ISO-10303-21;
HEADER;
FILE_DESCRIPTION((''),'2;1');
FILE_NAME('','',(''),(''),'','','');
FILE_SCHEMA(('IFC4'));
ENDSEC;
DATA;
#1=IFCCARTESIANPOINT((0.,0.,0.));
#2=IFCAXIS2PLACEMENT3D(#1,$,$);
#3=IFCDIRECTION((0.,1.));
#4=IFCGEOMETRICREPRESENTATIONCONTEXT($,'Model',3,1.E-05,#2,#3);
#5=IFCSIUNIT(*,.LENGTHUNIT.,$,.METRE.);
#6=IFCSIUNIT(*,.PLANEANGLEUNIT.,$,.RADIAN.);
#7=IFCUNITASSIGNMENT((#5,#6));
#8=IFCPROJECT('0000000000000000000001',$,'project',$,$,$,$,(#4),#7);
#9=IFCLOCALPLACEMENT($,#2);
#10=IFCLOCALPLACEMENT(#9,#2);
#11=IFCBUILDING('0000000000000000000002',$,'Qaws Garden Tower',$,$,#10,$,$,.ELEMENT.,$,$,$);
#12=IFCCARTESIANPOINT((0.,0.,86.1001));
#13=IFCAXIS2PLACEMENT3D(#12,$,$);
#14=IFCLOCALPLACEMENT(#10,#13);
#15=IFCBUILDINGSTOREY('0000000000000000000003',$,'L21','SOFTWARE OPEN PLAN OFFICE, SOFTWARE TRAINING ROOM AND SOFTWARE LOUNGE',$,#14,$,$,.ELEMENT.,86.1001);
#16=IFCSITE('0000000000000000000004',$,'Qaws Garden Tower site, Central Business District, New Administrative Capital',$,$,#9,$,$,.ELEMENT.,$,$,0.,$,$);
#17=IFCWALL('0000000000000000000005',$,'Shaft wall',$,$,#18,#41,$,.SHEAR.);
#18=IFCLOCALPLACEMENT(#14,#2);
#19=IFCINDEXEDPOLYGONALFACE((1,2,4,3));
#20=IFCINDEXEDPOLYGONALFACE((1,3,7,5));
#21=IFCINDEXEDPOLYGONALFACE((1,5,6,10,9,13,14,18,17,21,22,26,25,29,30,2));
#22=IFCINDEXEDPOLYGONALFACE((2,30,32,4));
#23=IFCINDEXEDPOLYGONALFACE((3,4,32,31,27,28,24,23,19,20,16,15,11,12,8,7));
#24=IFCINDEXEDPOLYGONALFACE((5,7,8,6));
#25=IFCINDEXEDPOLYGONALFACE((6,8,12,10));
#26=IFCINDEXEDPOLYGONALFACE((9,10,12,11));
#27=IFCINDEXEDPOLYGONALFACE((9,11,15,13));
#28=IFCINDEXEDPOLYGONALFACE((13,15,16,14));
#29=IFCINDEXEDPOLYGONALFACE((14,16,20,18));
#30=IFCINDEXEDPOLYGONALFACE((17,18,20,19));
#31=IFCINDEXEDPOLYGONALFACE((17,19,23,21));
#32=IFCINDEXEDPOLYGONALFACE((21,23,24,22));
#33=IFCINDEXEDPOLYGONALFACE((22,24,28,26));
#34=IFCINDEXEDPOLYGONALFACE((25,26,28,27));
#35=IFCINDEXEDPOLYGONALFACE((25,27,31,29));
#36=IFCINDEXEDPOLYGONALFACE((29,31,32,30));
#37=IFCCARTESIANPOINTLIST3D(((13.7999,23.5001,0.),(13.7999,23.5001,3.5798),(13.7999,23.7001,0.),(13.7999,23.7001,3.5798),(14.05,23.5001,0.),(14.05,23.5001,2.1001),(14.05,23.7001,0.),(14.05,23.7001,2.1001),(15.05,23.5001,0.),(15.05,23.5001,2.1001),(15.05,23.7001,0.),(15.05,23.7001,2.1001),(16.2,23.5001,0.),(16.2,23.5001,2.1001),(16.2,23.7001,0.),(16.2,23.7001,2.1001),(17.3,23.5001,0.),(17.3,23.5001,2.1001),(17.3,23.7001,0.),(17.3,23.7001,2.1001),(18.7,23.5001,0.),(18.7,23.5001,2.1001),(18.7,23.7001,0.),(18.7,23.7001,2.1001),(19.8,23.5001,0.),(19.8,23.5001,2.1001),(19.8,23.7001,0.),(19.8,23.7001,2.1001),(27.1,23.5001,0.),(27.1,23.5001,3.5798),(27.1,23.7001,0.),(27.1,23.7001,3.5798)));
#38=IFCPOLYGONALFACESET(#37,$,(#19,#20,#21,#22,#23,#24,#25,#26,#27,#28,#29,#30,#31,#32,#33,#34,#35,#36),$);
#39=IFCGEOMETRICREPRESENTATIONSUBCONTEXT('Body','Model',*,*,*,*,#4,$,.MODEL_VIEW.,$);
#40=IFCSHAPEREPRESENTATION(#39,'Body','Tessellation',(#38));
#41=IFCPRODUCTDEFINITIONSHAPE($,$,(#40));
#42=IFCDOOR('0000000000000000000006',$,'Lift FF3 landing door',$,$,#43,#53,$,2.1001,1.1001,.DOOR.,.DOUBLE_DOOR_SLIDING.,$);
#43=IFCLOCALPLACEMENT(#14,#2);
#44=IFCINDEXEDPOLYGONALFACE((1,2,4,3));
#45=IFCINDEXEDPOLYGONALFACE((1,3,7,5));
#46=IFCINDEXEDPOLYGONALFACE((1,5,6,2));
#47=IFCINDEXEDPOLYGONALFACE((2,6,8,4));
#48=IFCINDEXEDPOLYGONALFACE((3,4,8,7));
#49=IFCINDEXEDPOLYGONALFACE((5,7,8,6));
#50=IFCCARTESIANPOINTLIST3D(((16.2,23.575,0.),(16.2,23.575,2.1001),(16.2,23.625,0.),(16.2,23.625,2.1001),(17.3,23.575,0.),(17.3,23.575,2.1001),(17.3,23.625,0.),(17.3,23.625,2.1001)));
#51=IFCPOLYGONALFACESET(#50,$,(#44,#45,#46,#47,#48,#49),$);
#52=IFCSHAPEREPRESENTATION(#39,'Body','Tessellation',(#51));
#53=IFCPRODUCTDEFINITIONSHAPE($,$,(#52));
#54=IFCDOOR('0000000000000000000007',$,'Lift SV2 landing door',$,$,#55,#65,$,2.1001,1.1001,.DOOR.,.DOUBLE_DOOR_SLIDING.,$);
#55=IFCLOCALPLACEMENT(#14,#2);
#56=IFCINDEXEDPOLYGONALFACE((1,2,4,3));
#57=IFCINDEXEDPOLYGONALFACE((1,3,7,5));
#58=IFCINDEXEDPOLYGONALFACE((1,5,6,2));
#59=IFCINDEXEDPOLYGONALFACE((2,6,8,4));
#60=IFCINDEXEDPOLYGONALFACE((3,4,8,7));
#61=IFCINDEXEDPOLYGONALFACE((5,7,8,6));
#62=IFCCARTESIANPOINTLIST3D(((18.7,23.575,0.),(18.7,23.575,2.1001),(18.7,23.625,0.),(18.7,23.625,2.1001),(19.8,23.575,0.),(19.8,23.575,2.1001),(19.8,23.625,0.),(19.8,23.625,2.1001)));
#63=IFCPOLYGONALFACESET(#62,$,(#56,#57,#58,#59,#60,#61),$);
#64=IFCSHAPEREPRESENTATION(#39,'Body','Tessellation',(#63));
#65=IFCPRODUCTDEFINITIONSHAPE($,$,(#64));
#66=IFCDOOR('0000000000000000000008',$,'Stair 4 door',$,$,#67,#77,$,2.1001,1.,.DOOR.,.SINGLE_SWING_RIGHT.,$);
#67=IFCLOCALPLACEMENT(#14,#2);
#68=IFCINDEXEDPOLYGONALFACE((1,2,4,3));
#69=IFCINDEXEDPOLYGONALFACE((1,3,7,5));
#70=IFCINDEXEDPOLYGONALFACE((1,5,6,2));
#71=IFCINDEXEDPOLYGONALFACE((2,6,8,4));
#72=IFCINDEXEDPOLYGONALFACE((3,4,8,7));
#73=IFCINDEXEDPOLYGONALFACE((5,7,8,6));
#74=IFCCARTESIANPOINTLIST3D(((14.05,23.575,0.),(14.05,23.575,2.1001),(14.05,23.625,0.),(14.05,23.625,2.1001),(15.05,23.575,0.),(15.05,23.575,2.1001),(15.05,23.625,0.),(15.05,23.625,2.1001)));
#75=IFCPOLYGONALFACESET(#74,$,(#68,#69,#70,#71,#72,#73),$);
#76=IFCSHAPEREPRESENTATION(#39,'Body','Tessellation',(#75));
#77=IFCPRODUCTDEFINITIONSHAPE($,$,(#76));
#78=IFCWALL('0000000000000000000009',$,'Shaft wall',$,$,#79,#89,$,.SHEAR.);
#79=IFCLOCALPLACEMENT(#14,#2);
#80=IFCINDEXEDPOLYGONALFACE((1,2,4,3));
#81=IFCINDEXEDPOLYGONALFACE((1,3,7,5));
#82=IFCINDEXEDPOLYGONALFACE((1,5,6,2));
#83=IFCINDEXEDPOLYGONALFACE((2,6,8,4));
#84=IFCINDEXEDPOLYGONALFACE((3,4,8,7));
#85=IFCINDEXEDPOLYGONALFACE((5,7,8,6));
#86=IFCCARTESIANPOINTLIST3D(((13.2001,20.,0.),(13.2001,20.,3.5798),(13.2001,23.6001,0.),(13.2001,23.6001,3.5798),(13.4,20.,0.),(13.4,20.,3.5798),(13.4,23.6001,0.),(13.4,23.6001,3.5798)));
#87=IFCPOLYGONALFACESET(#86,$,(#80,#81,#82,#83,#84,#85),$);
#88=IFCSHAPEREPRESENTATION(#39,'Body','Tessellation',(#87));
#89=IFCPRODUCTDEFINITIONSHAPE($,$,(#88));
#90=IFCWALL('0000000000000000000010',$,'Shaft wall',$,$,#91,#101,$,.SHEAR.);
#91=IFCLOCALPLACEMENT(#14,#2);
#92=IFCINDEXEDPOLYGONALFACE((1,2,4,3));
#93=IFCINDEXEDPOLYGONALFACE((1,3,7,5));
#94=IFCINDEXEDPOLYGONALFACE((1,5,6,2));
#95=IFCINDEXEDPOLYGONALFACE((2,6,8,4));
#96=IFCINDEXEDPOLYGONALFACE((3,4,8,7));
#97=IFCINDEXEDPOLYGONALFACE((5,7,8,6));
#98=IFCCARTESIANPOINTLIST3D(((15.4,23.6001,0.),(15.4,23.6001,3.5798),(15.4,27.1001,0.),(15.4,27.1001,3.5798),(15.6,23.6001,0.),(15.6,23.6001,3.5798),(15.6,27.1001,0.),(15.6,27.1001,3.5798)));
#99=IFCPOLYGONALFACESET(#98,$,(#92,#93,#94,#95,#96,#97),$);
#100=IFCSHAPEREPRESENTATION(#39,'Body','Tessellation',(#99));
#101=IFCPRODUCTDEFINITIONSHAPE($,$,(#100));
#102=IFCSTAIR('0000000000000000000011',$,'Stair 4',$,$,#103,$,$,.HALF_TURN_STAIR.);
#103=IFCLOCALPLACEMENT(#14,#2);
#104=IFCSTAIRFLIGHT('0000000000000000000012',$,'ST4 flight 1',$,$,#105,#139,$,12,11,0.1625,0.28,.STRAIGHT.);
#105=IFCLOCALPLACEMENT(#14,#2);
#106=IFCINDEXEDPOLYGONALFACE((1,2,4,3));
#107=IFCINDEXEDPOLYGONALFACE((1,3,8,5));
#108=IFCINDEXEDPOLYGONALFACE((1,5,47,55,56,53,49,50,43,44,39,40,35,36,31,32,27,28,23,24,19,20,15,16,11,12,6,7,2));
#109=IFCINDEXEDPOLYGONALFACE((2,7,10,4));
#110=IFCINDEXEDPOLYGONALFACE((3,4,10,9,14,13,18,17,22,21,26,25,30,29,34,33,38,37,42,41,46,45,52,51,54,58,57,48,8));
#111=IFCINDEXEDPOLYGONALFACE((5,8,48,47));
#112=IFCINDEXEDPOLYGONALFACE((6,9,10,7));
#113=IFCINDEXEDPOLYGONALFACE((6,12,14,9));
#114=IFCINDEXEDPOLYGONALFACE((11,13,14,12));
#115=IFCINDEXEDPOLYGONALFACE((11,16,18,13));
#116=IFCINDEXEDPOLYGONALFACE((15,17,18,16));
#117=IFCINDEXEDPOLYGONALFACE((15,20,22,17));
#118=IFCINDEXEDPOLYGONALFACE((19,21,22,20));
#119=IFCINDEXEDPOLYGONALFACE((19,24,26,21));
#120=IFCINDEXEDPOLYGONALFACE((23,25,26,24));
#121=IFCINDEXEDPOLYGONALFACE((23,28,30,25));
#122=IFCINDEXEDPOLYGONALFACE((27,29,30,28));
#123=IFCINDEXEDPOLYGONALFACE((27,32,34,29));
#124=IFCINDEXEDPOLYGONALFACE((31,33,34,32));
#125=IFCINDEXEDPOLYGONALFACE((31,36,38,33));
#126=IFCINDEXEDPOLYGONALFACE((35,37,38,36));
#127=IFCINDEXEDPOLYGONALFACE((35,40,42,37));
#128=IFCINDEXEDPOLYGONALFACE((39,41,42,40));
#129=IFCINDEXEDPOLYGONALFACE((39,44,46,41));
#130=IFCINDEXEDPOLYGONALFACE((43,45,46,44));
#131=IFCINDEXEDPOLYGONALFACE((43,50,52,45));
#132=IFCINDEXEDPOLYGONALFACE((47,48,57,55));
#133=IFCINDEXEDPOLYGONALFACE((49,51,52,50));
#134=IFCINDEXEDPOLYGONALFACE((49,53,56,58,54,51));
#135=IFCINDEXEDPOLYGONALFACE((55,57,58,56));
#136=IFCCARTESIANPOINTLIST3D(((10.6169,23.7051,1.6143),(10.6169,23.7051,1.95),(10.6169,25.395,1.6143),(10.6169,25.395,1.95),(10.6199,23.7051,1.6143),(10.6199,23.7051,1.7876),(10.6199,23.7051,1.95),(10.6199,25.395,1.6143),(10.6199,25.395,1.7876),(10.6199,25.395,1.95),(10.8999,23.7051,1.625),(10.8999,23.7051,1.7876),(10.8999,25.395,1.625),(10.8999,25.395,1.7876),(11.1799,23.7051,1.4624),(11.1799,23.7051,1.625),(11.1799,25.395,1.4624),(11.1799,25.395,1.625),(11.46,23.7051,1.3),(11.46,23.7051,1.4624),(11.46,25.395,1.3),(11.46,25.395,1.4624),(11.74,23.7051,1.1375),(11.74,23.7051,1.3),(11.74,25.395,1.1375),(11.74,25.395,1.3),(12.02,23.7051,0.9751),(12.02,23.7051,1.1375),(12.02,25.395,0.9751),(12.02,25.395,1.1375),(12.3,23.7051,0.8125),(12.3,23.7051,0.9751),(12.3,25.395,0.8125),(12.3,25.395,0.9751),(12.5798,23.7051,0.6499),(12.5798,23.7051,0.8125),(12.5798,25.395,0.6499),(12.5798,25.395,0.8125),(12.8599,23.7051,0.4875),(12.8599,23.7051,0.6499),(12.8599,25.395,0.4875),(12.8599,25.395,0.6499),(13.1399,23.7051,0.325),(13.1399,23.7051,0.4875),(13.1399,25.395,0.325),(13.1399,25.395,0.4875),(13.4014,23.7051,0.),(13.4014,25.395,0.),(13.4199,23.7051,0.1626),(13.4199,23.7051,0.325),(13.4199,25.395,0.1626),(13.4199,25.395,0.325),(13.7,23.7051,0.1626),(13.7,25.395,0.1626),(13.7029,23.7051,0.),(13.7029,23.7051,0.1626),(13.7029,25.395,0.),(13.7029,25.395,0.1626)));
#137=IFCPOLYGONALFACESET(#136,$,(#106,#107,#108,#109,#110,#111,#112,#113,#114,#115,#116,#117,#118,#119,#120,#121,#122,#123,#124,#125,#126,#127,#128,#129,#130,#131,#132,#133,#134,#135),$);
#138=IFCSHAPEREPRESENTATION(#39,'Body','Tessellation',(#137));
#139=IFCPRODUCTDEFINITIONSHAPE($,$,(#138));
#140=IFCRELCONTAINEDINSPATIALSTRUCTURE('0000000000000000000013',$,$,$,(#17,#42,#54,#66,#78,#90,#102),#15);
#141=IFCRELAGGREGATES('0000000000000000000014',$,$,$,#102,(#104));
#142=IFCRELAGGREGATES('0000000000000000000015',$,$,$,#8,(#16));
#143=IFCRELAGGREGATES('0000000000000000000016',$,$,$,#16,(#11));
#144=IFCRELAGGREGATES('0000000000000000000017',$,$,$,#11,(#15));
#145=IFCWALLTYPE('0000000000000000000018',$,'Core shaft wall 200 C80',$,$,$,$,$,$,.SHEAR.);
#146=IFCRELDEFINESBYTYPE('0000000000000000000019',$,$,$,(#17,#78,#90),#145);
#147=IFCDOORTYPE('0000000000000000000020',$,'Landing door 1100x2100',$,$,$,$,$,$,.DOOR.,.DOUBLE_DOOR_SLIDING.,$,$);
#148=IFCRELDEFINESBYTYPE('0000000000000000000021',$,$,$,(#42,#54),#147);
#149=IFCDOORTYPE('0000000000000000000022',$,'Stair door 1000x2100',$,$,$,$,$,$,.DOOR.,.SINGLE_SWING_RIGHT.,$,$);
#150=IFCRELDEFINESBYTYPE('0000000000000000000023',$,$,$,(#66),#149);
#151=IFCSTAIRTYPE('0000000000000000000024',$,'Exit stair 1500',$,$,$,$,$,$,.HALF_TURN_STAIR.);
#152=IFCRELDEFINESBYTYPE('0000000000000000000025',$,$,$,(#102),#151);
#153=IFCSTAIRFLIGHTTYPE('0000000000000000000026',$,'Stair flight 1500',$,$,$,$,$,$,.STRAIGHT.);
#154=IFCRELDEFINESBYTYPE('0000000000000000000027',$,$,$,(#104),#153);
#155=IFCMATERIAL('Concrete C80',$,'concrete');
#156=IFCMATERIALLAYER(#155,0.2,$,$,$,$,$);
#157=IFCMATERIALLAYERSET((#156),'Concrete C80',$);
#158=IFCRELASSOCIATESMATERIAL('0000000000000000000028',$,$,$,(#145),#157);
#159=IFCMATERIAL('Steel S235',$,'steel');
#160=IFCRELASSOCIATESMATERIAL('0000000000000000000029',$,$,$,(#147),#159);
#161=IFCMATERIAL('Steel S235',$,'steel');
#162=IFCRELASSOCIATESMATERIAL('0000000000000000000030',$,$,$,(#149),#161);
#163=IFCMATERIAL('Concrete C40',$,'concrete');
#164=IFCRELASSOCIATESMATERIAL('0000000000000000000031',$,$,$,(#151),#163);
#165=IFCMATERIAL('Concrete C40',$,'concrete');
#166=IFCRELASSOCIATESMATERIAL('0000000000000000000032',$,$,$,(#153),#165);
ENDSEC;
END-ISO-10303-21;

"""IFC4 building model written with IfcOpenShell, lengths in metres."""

from ifc_helpers import new_model, si_unit, direction, frame, frame_2d, origin, place, context, subcontext, project, spatial, polyline, rectangle, outline, extrude, material, layer, layer_set, type_object, element, fill, aggregate, save


model = new_model("IFC4")

# Units and contexts
model_context = context("Model", 3, precision=1e-05, world=origin(), true_north=direction((0.0, 1.0)))
body_context = subcontext(model_context, "Body", "Model", "MODEL_VIEW")
ifc_project = project(units=[si_unit("LENGTHUNIT", "METRE"), si_unit("PLANEANGLEUNIT", "RADIAN")], contexts=[model_context])

# Site, building, storey
site_placement = place(None, origin())
site = spatial("IfcSite", under=ifc_project, at=site_placement, Name="Qaws Garden Tower site, Central Business District, New Administrative Capital", CompositionType="ELEMENT", RefElevation=0.0)
building_placement = place(site_placement, origin())
building = spatial("IfcBuilding", under=site, at=building_placement, Name="Qaws Garden Tower", CompositionType="ELEMENT")
storey_placement = place(building_placement, frame((0.0, 0.0, 86.1001)))
storey = spatial("IfcBuildingStorey", under=building, at=storey_placement, Name="L21", Description="SOFTWARE OPEN PLAN OFFICE, SOFTWARE TRAINING ROOM AND SOFTWARE LOUNGE", CompositionType="ELEMENT", Elevation=86.1001)

# Shared definitions
ifc_material_1 = material(Name="Concrete C80", Category="concrete")
ifc_layer_1 = layer(ifc_material_1, 0.2)
ifc_layer_set_1 = layer_set([ifc_layer_1], Name="Concrete C80")
wall_type_1 = type_object("IfcWallType", Name="Core shaft wall 200 C80", PredefinedType="SHEAR", material=ifc_layer_set_1)

# Wall, openings, doors
wall_1_placement = place(storey_placement, frame((13.8, 23.6001, 0.0), z_axis=(0.0, 0.0, 1.0), x_axis=(1.0, 0.0, 0.0)))
wall_1 = element("IfcWall", 1, at=wall_1_placement, inside=storey, type_object=wall_type_1, Name="Shaft wall", PredefinedType="SHEAR", context=body_context, shape_type="SweptSolid", body=[
    extrude(rectangle(XDim=13.3, YDim=0.2, at=frame_2d((6.6499, 0.0))), origin(), (0.0, 0.0, 1.0), 3.5798),
])
opening_1_placement = place(wall_1_placement, frame((2.3999, 0.0, 0.0)))
opening_1 = element("IfcOpeningElement", 2, at=opening_1_placement, cuts=wall_1, PredefinedType="OPENING", context=body_context, shape_type="SweptSolid", body=[
    extrude(rectangle(XDim=1.1001, YDim=2.1001, at=frame_2d((0.55, 1.05))), frame((0.0, 0.1099, 0.0), z_axis=(0.0, -1.0, 0.0), x_axis=(1.0, 0.0, 0.0)), (0.0, 0.0, 1.0), 0.22),
])
opening_2_placement = place(wall_1_placement, frame((4.8999, 0.0, 0.0)))
opening_2 = element("IfcOpeningElement", 3, at=opening_2_placement, cuts=wall_1, PredefinedType="OPENING", context=body_context, shape_type="SweptSolid", body=[
    extrude(rectangle(XDim=1.1001, YDim=2.1001, at=frame_2d((0.55, 1.05))), frame((0.0, 0.1099, 0.0), z_axis=(0.0, -1.0, 0.0), x_axis=(1.0, 0.0, 0.0)), (0.0, 0.0, 1.0), 0.22),
])
opening_3_placement = place(wall_1_placement, frame((0.25, 0.0, 0.0)))
opening_3 = element("IfcOpeningElement", 4, at=opening_3_placement, cuts=wall_1, PredefinedType="OPENING", context=body_context, shape_type="SweptSolid", body=[
    extrude(rectangle(XDim=1.0, YDim=2.1001, at=frame_2d((0.5, 1.05))), frame((0.0, 0.1099, 0.0), z_axis=(0.0, -1.0, 0.0), x_axis=(1.0, 0.0, 0.0)), (0.0, 0.0, 1.0), 0.22),
])
ifc_material_2 = material(Name="Steel S235", Category="steel")
door_type_1 = type_object("IfcDoorType", Name="Landing door 1100x2100", OperationType="DOUBLE_DOOR_SLIDING", PredefinedType="DOOR", material=ifc_material_2)
door_1_placement = place(opening_1_placement, origin())
door_1 = element("IfcDoor", 5, at=door_1_placement, inside=storey, type_object=door_type_1, Name="Lift FF3 landing door", OperationType="DOUBLE_DOOR_SLIDING", OverallHeight=2.1001, OverallWidth=1.1001, PredefinedType="DOOR", context=body_context, shape_type="SweptSolid", body=[
    extrude(rectangle(XDim=1.1001, YDim=2.1001, at=frame_2d((0.55, 1.05))), frame((0.0, 0.0249, 0.0), z_axis=(0.0, -1.0, 0.0), x_axis=(1.0, 0.0, 0.0)), (0.0, 0.0, 1.0), 0.05),
])
fill(opening_1, door_1)
door_2_placement = place(opening_2_placement, origin())
door_2 = element("IfcDoor", 6, at=door_2_placement, inside=storey, type_object=door_type_1, Name="Lift SV2 landing door", OperationType="DOUBLE_DOOR_SLIDING", OverallHeight=2.1001, OverallWidth=1.1001, PredefinedType="DOOR", context=body_context, shape_type="SweptSolid", body=[
    extrude(rectangle(XDim=1.1001, YDim=2.1001, at=frame_2d((0.55, 1.05))), frame((0.0, 0.0249, 0.0), z_axis=(0.0, -1.0, 0.0), x_axis=(1.0, 0.0, 0.0)), (0.0, 0.0, 1.0), 0.05),
])
fill(opening_2, door_2)
ifc_material_3 = material(Name="Steel S235", Category="steel")
door_type_2 = type_object("IfcDoorType", Name="Stair door 1000x2100", OperationType="SINGLE_SWING_RIGHT", PredefinedType="DOOR", material=ifc_material_3)
door_3_placement = place(opening_3_placement, origin())
door_3 = element("IfcDoor", 7, at=door_3_placement, inside=storey, type_object=door_type_2, Name="Stair 4 door", OperationType="SINGLE_SWING_RIGHT", OverallHeight=2.1001, OverallWidth=1.0, PredefinedType="DOOR", context=body_context, shape_type="SweptSolid", body=[
    extrude(rectangle(XDim=1.0, YDim=2.1001, at=frame_2d((0.5, 1.05))), frame((0.0, 0.0249, 0.0), z_axis=(0.0, -1.0, 0.0), x_axis=(1.0, 0.0, 0.0)), (0.0, 0.0, 1.0), 0.05),
])
fill(opening_3, door_3)

# Walls
wall_2_placement = place(storey_placement, frame((13.3, 20.0, 0.0), z_axis=(0.0, 0.0, 1.0), x_axis=(0.0, 1.0, 0.0)))
element("IfcWall", 8, at=wall_2_placement, inside=storey, type_object=wall_type_1, Name="Shaft wall", PredefinedType="SHEAR", context=body_context, shape_type="SweptSolid", body=[
    extrude(rectangle(XDim=3.6001, YDim=0.2, at=frame_2d((1.8, 0.0))), origin(), (0.0, 0.0, 1.0), 3.5798),
])
wall_3_placement = place(storey_placement, frame((15.5, 23.6001, 0.0), z_axis=(0.0, 0.0, 1.0), x_axis=(0.0, 1.0, 0.0)))
element("IfcWall", 9, at=wall_3_placement, inside=storey, type_object=wall_type_1, Name="Shaft wall", PredefinedType="SHEAR", context=body_context, shape_type="SweptSolid", body=[
    extrude(rectangle(XDim=3.5, YDim=0.2, at=frame_2d((1.75, 0.0))), origin(), (0.0, 0.0, 1.0), 3.5798),
])

# Stair, stair flight
ifc_material_4 = material(Name="Concrete C40", Category="concrete")
stair_type = type_object("IfcStairType", Name="Exit stair 1500", PredefinedType="HALF_TURN_STAIR", material=ifc_material_4)
stair_placement = place(storey_placement, origin())
stair = element("IfcStair", 10, at=stair_placement, inside=storey, type_object=stair_type, Name="Stair 4", PredefinedType="HALF_TURN_STAIR")
ifc_material_5 = material(Name="Concrete C40", Category="concrete")
stair_flight_type = type_object("IfcStairFlightType", Name="Stair flight 1500", PredefinedType="STRAIGHT", material=ifc_material_5)
stair_flight_1_placement = place(storey_placement, frame((13.7, 24.55, 0.0), z_axis=(0.0, 0.0, 1.0), x_axis=(-1.0, 0.0, 0.0)))
stair_flight_1 = element("IfcStairFlight", 11, at=stair_flight_1_placement, type_object=stair_flight_type, Name="ST4 flight 1", NumberOfRisers=12, NumberOfTreads=11, PredefinedType="STRAIGHT", RiserHeight=0.1625, TreadLength=0.28, context=body_context, shape_type="SweptSolid", body=[
    extrude(outline(polyline([(-0.0029, 0.0), (-0.0029, 0.1626), (0.0, 0.1626), (0.28, 0.1626), (0.28, 0.325), (0.5601, 0.325), (0.5601, 0.4875), (0.8401, 0.4875), (0.8401, 0.6499), (1.1201, 0.6499), (1.1201, 0.8125), (1.3999, 0.8125), (1.3999, 0.9751), (1.6799, 0.9751), (1.6799, 1.1375), (1.96, 1.1375), (1.96, 1.3), (2.24, 1.3), (2.24, 1.4624), (2.52, 1.4624), (2.52, 1.625), (2.8, 1.625), (2.8, 1.7876), (3.0801, 1.7876), (3.0801, 1.95), (3.083, 1.95), (3.083, 1.6143), (3.0801, 1.6143), (0.2986, 0.0), (-0.0029, 0.0)])), frame((0.0, 0.845, 0.0), z_axis=(0.0, -1.0, 0.0), x_axis=(1.0, 0.0, 0.0)), (0.0, 0.0, 1.0), 1.6899),
])
aggregate(stair, [stair_flight_1])

save(model, "model.ifc")
